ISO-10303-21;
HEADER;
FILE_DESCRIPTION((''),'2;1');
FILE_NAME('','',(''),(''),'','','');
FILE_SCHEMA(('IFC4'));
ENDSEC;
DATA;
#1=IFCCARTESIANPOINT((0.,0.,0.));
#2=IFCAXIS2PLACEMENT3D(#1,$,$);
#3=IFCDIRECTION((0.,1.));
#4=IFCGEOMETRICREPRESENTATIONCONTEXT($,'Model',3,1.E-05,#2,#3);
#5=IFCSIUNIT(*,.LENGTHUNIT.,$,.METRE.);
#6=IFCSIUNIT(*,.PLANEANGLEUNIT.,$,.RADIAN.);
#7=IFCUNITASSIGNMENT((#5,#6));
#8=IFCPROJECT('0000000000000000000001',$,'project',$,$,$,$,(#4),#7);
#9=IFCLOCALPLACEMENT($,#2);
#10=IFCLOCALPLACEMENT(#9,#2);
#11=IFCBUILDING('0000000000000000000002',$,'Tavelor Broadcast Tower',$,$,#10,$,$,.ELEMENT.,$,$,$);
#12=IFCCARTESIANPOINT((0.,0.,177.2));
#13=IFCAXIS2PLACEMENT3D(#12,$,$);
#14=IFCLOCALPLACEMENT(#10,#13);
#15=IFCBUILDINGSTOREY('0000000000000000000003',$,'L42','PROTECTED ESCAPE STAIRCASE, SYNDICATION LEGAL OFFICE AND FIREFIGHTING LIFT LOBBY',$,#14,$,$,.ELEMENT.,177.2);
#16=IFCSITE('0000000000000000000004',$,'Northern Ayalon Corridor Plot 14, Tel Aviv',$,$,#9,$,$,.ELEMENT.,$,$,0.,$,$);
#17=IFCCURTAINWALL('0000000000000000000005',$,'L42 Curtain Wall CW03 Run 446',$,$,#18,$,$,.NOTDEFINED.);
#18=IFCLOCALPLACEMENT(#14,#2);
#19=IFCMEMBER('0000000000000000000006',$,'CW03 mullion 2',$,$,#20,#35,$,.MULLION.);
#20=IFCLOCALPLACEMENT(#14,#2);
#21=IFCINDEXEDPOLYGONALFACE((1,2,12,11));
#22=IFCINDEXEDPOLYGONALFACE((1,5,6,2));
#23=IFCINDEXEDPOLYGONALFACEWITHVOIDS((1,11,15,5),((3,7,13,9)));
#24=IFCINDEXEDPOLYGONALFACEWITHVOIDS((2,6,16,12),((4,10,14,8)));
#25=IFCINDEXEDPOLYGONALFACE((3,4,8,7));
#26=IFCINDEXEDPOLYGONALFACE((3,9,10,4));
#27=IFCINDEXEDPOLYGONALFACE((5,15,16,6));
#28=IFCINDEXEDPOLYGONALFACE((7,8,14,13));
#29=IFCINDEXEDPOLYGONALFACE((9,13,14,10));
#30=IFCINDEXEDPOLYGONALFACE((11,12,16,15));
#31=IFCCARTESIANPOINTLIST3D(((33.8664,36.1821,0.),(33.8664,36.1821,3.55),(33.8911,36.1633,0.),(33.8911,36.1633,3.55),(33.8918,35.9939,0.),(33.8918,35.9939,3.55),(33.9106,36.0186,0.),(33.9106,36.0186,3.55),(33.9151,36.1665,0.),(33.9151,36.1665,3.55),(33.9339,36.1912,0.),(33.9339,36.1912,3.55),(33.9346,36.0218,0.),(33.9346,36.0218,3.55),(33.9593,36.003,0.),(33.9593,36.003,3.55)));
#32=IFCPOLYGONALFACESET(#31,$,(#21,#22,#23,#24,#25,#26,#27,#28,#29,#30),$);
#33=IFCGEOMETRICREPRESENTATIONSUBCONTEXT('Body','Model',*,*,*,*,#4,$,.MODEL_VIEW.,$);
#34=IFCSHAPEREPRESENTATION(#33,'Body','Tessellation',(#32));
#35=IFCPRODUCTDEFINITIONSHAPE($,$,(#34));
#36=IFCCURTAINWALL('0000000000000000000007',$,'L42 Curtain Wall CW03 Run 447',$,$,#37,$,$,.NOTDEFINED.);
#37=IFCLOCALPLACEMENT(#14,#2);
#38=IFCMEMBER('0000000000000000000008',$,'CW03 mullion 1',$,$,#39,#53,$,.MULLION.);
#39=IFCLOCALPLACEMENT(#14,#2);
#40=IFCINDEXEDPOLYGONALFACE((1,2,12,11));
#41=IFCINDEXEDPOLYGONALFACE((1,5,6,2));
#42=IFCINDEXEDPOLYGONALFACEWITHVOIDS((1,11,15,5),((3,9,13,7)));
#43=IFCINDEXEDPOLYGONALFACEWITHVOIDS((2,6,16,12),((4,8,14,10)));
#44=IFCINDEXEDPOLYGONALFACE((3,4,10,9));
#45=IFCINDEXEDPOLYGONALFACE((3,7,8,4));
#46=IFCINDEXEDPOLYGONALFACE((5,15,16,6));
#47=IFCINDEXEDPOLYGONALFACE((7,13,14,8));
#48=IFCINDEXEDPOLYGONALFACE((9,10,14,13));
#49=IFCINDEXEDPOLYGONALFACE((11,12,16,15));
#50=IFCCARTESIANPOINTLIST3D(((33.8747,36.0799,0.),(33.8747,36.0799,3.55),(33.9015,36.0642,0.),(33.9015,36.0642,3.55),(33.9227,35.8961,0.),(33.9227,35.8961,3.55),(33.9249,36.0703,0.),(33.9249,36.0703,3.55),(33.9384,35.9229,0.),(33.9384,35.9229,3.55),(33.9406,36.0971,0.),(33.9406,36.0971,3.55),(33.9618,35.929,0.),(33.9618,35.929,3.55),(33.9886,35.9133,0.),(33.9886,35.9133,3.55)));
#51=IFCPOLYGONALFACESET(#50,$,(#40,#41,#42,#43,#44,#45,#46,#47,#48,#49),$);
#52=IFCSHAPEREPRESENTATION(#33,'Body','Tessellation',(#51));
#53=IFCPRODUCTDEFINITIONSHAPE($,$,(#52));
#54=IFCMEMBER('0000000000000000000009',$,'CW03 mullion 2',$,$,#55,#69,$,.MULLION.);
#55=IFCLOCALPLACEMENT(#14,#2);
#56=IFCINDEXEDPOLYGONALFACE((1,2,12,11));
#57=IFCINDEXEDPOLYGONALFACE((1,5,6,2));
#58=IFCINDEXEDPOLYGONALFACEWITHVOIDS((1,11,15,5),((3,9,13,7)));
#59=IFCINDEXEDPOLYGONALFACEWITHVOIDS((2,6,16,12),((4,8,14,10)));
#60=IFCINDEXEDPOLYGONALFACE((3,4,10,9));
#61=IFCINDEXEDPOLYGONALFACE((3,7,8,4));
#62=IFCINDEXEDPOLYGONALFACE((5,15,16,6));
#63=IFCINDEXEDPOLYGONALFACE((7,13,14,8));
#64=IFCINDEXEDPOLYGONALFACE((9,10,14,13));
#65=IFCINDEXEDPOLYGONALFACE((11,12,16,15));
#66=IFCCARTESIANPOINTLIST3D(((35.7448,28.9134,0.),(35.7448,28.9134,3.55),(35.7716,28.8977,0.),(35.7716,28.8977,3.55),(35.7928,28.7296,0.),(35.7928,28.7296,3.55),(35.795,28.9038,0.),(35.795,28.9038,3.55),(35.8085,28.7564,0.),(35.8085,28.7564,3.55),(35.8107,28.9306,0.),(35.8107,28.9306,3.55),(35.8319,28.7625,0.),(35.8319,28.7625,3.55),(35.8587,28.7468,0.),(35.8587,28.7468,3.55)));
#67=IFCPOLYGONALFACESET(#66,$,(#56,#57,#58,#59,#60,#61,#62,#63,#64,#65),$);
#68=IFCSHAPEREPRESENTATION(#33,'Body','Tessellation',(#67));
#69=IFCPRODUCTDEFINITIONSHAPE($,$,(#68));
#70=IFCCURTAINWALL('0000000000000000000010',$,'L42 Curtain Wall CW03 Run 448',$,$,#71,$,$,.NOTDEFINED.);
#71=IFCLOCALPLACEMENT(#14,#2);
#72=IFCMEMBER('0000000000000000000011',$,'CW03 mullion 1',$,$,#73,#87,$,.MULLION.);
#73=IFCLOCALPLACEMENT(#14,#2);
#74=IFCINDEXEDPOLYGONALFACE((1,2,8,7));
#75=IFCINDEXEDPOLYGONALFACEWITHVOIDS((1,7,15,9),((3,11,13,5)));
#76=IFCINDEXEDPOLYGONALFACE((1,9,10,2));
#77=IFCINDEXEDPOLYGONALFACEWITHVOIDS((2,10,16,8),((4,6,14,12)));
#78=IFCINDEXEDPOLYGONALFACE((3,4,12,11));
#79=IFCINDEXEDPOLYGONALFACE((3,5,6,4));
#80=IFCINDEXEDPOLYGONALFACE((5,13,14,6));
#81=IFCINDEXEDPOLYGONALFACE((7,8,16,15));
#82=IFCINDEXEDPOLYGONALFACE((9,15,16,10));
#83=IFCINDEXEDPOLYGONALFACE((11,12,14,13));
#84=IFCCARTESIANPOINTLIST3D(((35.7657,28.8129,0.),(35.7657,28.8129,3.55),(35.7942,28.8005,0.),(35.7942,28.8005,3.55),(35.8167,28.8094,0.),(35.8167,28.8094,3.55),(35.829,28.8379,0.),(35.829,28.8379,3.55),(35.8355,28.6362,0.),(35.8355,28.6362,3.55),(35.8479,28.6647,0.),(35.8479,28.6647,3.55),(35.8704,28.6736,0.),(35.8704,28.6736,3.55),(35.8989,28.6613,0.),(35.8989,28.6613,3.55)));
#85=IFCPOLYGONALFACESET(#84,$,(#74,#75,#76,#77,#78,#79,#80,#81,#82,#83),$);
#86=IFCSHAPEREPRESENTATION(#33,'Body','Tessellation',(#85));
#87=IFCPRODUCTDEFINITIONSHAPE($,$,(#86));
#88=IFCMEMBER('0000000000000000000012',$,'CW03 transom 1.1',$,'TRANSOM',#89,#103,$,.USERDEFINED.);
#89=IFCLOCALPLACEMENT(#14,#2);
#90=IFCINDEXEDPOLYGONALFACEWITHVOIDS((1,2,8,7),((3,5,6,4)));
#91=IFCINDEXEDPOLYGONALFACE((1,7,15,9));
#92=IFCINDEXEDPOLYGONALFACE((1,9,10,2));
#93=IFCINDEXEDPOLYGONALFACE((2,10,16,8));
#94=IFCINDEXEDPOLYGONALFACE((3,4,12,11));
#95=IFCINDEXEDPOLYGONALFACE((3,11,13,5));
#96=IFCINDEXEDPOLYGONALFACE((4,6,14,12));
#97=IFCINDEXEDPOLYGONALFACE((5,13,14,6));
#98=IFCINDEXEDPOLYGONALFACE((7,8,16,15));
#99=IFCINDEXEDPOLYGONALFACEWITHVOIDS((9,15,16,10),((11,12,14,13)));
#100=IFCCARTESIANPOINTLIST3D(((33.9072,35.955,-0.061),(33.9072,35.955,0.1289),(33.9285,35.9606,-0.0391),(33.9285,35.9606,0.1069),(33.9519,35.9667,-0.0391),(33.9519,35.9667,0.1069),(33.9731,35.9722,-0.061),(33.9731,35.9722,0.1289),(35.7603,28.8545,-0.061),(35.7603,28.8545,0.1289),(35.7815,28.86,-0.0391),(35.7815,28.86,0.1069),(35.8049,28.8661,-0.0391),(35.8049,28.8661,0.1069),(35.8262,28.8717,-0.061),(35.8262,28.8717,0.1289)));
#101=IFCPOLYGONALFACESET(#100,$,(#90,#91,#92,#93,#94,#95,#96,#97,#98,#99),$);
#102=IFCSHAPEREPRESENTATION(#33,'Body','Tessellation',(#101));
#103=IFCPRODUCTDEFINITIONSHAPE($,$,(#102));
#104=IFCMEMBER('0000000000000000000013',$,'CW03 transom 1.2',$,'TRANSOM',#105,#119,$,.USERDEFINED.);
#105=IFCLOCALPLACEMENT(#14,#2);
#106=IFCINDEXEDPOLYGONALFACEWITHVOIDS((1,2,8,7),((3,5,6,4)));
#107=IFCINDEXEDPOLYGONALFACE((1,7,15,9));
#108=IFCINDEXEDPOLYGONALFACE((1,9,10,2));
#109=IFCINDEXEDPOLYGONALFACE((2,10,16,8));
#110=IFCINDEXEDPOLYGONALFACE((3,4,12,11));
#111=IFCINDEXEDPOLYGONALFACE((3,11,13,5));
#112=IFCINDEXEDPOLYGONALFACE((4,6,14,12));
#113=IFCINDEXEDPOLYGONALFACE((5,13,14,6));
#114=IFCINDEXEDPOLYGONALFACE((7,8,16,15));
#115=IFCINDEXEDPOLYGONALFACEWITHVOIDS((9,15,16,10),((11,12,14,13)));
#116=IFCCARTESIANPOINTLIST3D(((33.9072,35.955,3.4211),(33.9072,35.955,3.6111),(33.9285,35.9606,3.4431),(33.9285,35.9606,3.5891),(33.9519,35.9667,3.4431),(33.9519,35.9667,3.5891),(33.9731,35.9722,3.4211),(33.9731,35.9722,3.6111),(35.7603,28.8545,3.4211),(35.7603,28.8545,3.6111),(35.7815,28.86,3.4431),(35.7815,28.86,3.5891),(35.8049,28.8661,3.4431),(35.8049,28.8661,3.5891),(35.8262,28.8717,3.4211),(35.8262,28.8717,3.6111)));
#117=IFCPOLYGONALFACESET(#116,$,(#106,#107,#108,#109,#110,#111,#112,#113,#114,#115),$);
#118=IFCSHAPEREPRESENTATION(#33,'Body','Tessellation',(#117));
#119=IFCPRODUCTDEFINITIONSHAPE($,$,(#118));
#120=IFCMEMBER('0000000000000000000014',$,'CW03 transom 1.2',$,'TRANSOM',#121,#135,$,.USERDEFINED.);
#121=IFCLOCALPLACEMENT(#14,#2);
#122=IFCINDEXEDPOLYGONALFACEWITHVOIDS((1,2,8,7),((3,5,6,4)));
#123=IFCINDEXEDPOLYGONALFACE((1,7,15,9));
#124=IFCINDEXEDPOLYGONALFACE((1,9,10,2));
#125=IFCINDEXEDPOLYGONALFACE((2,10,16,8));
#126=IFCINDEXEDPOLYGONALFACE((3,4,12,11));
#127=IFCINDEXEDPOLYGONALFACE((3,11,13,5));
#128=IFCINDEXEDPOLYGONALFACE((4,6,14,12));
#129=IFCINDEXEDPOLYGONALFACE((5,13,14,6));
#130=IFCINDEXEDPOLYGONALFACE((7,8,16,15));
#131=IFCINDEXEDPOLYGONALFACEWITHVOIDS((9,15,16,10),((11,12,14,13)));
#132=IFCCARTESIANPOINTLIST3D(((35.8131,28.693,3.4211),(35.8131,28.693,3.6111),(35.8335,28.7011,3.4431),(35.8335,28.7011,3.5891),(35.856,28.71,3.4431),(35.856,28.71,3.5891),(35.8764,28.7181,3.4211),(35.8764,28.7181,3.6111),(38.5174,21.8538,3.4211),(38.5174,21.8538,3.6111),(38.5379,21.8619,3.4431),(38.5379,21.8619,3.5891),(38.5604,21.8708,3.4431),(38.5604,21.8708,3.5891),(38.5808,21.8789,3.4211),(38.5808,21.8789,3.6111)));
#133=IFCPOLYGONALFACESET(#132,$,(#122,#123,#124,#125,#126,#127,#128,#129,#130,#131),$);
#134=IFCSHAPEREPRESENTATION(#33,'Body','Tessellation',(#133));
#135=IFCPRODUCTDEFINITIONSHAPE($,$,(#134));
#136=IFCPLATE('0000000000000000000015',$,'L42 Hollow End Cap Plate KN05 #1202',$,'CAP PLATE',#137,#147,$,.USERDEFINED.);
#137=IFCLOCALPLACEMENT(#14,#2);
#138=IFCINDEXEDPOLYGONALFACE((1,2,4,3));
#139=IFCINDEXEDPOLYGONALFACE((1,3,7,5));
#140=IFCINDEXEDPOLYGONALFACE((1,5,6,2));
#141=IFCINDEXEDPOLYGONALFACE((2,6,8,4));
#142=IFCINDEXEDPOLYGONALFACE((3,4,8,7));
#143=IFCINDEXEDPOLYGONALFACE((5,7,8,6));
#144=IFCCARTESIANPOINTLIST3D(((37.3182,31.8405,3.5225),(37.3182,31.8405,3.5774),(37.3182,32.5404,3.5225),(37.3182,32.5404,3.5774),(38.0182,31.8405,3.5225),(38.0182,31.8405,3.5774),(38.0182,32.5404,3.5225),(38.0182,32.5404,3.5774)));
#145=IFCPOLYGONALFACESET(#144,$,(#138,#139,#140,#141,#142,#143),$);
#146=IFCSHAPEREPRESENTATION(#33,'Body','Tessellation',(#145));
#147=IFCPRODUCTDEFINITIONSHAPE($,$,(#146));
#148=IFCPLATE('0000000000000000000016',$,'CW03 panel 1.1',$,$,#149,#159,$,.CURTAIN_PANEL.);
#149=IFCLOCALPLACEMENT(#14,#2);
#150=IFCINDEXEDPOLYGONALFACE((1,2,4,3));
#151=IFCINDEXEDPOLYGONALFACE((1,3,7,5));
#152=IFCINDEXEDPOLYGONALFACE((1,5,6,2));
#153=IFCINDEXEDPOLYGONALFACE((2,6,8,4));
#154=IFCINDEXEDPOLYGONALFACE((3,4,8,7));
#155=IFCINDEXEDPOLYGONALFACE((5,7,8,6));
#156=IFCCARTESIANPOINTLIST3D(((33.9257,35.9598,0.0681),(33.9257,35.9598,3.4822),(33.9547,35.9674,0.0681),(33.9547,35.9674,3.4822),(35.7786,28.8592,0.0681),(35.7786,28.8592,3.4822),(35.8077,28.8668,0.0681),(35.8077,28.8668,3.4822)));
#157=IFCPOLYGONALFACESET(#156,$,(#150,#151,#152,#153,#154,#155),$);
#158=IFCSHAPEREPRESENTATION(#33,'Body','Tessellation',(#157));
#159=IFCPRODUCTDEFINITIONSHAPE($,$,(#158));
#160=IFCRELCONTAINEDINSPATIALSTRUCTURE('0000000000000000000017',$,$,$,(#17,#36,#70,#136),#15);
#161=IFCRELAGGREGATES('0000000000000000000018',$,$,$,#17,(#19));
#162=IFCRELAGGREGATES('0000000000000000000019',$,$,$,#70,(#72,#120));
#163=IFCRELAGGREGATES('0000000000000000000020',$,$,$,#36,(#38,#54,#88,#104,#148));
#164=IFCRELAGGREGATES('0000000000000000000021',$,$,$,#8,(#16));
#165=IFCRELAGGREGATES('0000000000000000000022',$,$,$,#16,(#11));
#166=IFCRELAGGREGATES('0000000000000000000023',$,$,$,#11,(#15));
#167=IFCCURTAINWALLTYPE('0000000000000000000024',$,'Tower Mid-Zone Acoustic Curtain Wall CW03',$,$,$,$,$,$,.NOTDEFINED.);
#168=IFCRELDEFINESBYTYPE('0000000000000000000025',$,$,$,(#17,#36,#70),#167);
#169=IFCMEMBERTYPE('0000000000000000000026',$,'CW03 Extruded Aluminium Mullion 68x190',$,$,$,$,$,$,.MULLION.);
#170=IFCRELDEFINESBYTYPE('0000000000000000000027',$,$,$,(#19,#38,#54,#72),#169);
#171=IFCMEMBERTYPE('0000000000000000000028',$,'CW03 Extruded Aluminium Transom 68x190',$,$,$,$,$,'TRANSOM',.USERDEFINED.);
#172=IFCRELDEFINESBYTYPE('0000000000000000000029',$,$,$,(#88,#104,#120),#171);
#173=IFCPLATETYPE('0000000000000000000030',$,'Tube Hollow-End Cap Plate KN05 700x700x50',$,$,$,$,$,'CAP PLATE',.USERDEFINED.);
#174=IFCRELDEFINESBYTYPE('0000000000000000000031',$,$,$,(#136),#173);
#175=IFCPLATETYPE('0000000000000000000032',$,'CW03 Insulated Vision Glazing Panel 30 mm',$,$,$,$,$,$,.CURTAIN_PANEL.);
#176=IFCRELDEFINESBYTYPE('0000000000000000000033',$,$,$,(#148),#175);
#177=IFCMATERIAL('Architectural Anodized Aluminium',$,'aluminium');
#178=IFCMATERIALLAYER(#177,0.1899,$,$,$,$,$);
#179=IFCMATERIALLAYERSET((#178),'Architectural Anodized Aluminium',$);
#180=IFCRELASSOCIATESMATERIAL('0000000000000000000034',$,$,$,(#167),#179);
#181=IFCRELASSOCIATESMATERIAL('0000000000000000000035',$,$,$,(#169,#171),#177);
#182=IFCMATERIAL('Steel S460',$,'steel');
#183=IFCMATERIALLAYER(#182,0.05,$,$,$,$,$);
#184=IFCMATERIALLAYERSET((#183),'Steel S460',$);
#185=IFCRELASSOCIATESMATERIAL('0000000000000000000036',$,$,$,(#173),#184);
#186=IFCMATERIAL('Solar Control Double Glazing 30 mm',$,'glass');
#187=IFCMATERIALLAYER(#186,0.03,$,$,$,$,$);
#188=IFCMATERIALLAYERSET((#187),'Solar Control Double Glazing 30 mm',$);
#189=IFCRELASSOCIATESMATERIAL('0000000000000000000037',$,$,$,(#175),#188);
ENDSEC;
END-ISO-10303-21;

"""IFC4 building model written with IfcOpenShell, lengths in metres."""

from ifc_helpers import new_model, si_unit, direction, frame, origin, origin_2d, place, context, subcontext, project, spatial, rectangle, hollow_rectangle, extrude, source, transform, mapped, material, layer, layer_set, material_profile, profile_set, type_object, type_shapes, element, aggregate, save


model = new_model("IFC4")

# Units and contexts
model_context = context("Model", 3, precision=1e-05, world=origin(), true_north=direction((0.0, 1.0)))
body_context = subcontext(model_context, "Body", "Model", "MODEL_VIEW")
ifc_project = project(units=[si_unit("LENGTHUNIT", "METRE"), si_unit("PLANEANGLEUNIT", "RADIAN")], contexts=[model_context])

# Site, building, storey
site_placement = place(None, origin())
site = spatial("IfcSite", under=ifc_project, at=site_placement, Name="Northern Ayalon Corridor Plot 14, Tel Aviv", CompositionType="ELEMENT", RefElevation=0.0)
building_placement = place(site_placement, origin())
building = spatial("IfcBuilding", under=site, at=building_placement, Name="Tavelor Broadcast Tower", CompositionType="ELEMENT")
storey_placement = place(building_placement, frame((0.0, 0.0, 177.2)))
storey = spatial("IfcBuildingStorey", under=building, at=storey_placement, Name="L42", Description="PROTECTED ESCAPE STAIRCASE, SYNDICATION LEGAL OFFICE AND FIREFIGHTING LIFT LOBBY", CompositionType="ELEMENT", Elevation=177.2)

# Shared definitions
ifc_material_1 = material(Name="Steel S460", Category="steel")

# Curtain wall, member
ifc_material_2 = material(Name="Architectural Anodized Aluminium", Category="aluminium")
ifc_layer_1 = layer(ifc_material_2, 0.1899)
ifc_layer_set_1 = layer_set([ifc_layer_1], Name="Architectural Anodized Aluminium")
curtain_wall_type = type_object("IfcCurtainWallType", Name="Tower Mid-Zone Acoustic Curtain Wall CW03", PredefinedType="NOTDEFINED", material=ifc_layer_set_1)
curtain_wall_1_placement = place(storey_placement, origin())
curtain_wall_1 = element("IfcCurtainWall", 1, at=curtain_wall_1_placement, inside=storey, type_object=curtain_wall_type, Name="L42 Curtain Wall CW03 Run 446", PredefinedType="NOTDEFINED")
ifc_material_profile_1 = material_profile(ifc_material_2, hollow_rectangle(XDim=0.0681, YDim=0.1899, WallThickness=0.022, at=origin_2d()), Name="RHS 68x190x22")
ifc_profile_set_1 = profile_set([ifc_material_profile_1], Name="Architectural Anodized Aluminium")
member_type_1 = type_object("IfcMemberType", Name="CW03 Extruded Aluminium Mullion 68x190", PredefinedType="MULLION", material=ifc_profile_set_1)
shared_shape_1 = source(origin(), body_context, "Body", "SweptSolid", [
    extrude(hollow_rectangle(XDim=0.0681, YDim=0.1899, WallThickness=0.022, at=origin_2d()), origin(), (0.0, 0.0, 1.0), 3.55),
])
type_shapes(member_type_1, [shared_shape_1])
member_1_placement = place(storey_placement, frame((33.9128, 36.0925, 0.0), z_axis=(0.0, 0.0, 1.0), x_axis=(0.991042, 0.133548, 0.0)))
member_1 = element("IfcMember", 2, at=member_1_placement, type_object=member_type_1, Name="CW03 mullion 2", PredefinedType="MULLION", context=body_context, shape_type="MappedRepresentation", body=[
    mapped(shared_shape_1, transform((0.0, 0.0, 0.0), scale=1.0)),
])
aggregate(curtain_wall_1, [member_1])

# Curtain wall, members
curtain_wall_2_placement = place(storey_placement, origin())
curtain_wall_2 = element("IfcCurtainWall", 3, at=curtain_wall_2_placement, inside=storey, type_object=curtain_wall_type, Name="L42 Curtain Wall CW03 Run 447", PredefinedType="NOTDEFINED")
member_2_placement = place(storey_placement, frame((33.9316, 35.9966, 0.0), z_axis=(0.0, 0.0, 1.0), x_axis=(0.967596, 0.252502, 0.0)))
member_2 = element("IfcMember", 4, at=member_2_placement, type_object=member_type_1, Name="CW03 mullion 1", PredefinedType="MULLION", context=body_context, shape_type="MappedRepresentation", body=[
    mapped(shared_shape_1, transform((0.0, 0.0, 0.0), scale=1.0)),
])
member_3_placement = place(storey_placement, frame((35.8018, 28.8301, 0.0), z_axis=(0.0, 0.0, 1.0), x_axis=(0.967596, 0.252502, 0.0)))
member_3 = element("IfcMember", 5, at=member_3_placement, type_object=member_type_1, Name="CW03 mullion 2", PredefinedType="MULLION", context=body_context, shape_type="MappedRepresentation", body=[
    mapped(shared_shape_1, transform((0.0, 0.0, 0.0), scale=1.0)),
])

# Curtain wall, member
curtain_wall_3_placement = place(storey_placement, origin())
curtain_wall_3 = element("IfcCurtainWall", 6, at=curtain_wall_3_placement, inside=storey, type_object=curtain_wall_type, Name="L42 Curtain Wall CW03 Run 448", PredefinedType="NOTDEFINED")
member_4_placement = place(storey_placement, frame((35.8323, 28.7371, 0.0), z_axis=(0.0, 0.0, 1.0), x_axis=(0.929929, 0.367739, 0.0)))
member_4 = element("IfcMember", 7, at=member_4_placement, type_object=member_type_1, Name="CW03 mullion 1", PredefinedType="MULLION", context=body_context, shape_type="MappedRepresentation", body=[
    mapped(shared_shape_1, transform((0.0, 0.0, 0.0), scale=1.0)),
])

# Members
ifc_material_profile_2 = material_profile(ifc_material_2, hollow_rectangle(XDim=0.0681, YDim=0.1899, WallThickness=0.022, at=origin_2d()), Name="RHS 68x190x22")
ifc_profile_set_2 = profile_set([ifc_material_profile_2], Name="Architectural Anodized Aluminium")
member_type_2 = type_object("IfcMemberType", Name="CW03 Extruded Aluminium Transom 68x190", ElementType="TRANSOM", PredefinedType="USERDEFINED", material=ifc_profile_set_2)
shared_shape_2 = source(origin(), body_context, "Body", "SweptSolid", [
    extrude(hollow_rectangle(XDim=0.0681, YDim=0.1899, WallThickness=0.022, at=origin_2d()), origin(), (0.0, 0.0, 1.0), 7.3384),
])
member_5_placement = place(storey_placement, frame((33.9402, 35.9636, 0.0339), z_axis=(0.252511, -0.967594, 0.0), x_axis=(0.967594, 0.252511, 0.0)))
member_5 = element("IfcMember", 8, at=member_5_placement, type_object=member_type_2, Name="CW03 transom 1.1", ObjectType="TRANSOM", PredefinedType="USERDEFINED", context=body_context, shape_type="MappedRepresentation", body=[
    mapped(shared_shape_2, transform((0.0, 0.0, 0.0), scale=1.0)),
])
member_6_placement = place(storey_placement, frame((33.9402, 35.9636, 3.5161), z_axis=(0.252511, -0.967594, 0.0), x_axis=(0.967594, 0.252511, 0.0)))
member_6 = element("IfcMember", 9, at=member_6_placement, type_object=member_type_2, Name="CW03 transom 1.2", ObjectType="TRANSOM", PredefinedType="USERDEFINED", context=body_context, shape_type="MappedRepresentation", body=[
    mapped(shared_shape_2, transform((0.0, 0.0, 0.0), scale=1.0)),
])
shared_shape_3 = source(origin(), body_context, "Body", "SweptSolid", [
    extrude(hollow_rectangle(XDim=0.0681, YDim=0.1899, WallThickness=0.022, at=origin_2d()), origin(), (0.0, 0.0, 1.0), 7.3545),
])
type_shapes(member_type_2, [shared_shape_2, shared_shape_3])
member_7_placement = place(storey_placement, frame((35.8447, 28.7056, 3.5161), z_axis=(0.367719, -0.929937, 0.0), x_axis=(0.929937, 0.367719, 0.0)))
member_7 = element("IfcMember", 10, at=member_7_placement, type_object=member_type_2, Name="CW03 transom 1.2", ObjectType="TRANSOM", PredefinedType="USERDEFINED", context=body_context, shape_type="MappedRepresentation", body=[
    mapped(shared_shape_3, transform((0.0, 0.0, 0.0), scale=1.0)),
])
aggregate(curtain_wall_3, [member_4, member_7])

# Plates
ifc_layer_2 = layer(ifc_material_1, 0.05)
ifc_layer_set_2 = layer_set([ifc_layer_2], Name="Steel S460")
plate_type_1 = type_object("IfcPlateType", Name="Tube Hollow-End Cap Plate KN05 700x700x50", ElementType="CAP PLATE", PredefinedType="USERDEFINED", material=ifc_layer_set_2)
shared_shape_4 = source(origin(), body_context, "Body", "SweptSolid", [
    extrude(rectangle(XDim=0.7, YDim=0.7, at=origin_2d()), origin(), (0.0, 0.0, 1.0), 0.0549),
])
type_shapes(plate_type_1, [shared_shape_4])
plate_1_placement = place(storey_placement, frame((37.6682, 32.1904, 3.5225), z_axis=(0.0, 0.0, 1.0), x_axis=(1.0, 0.0, 0.0)))
element("IfcPlate", 11, at=plate_1_placement, inside=storey, type_object=plate_type_1, Name="L42 Hollow End Cap Plate KN05 #1202", ObjectType="CAP PLATE", PredefinedType="USERDEFINED", context=body_context, shape_type="MappedRepresentation", body=[
    mapped(shared_shape_4, transform((0.0, 0.0, 0.0), scale=1.0)),
])
ifc_material_3 = material(Name="Solar Control Double Glazing 30 mm", Category="glass")
ifc_layer_3 = layer(ifc_material_3, 0.03)
ifc_layer_set_3 = layer_set([ifc_layer_3], Name="Solar Control Double Glazing 30 mm")
plate_type_2 = type_object("IfcPlateType", Name="CW03 Insulated Vision Glazing Panel 30 mm", PredefinedType="CURTAIN_PANEL", material=ifc_layer_set_3)
shared_shape_5 = source(origin(), body_context, "Body", "SweptSolid", [
    extrude(rectangle(XDim=7.3384, YDim=0.03, at=origin_2d()), origin(), (0.0, 0.0, 1.0), 3.4141),
])
type_shapes(plate_type_2, [shared_shape_5])
plate_2_placement = place(storey_placement, frame((34.8667, 32.4133, 0.0681), z_axis=(0.0, 0.0, 1.0), x_axis=(0.252502, -0.967596, 0.0)))
plate_2 = element("IfcPlate", 12, at=plate_2_placement, type_object=plate_type_2, Name="CW03 panel 1.1", PredefinedType="CURTAIN_PANEL", context=body_context, shape_type="MappedRepresentation", body=[
    mapped(shared_shape_5, transform((0.0, 0.0, 0.0), scale=1.0)),
])
aggregate(curtain_wall_2, [member_2, member_3, member_5, member_6, plate_2])

save(model, "model.ifc")
